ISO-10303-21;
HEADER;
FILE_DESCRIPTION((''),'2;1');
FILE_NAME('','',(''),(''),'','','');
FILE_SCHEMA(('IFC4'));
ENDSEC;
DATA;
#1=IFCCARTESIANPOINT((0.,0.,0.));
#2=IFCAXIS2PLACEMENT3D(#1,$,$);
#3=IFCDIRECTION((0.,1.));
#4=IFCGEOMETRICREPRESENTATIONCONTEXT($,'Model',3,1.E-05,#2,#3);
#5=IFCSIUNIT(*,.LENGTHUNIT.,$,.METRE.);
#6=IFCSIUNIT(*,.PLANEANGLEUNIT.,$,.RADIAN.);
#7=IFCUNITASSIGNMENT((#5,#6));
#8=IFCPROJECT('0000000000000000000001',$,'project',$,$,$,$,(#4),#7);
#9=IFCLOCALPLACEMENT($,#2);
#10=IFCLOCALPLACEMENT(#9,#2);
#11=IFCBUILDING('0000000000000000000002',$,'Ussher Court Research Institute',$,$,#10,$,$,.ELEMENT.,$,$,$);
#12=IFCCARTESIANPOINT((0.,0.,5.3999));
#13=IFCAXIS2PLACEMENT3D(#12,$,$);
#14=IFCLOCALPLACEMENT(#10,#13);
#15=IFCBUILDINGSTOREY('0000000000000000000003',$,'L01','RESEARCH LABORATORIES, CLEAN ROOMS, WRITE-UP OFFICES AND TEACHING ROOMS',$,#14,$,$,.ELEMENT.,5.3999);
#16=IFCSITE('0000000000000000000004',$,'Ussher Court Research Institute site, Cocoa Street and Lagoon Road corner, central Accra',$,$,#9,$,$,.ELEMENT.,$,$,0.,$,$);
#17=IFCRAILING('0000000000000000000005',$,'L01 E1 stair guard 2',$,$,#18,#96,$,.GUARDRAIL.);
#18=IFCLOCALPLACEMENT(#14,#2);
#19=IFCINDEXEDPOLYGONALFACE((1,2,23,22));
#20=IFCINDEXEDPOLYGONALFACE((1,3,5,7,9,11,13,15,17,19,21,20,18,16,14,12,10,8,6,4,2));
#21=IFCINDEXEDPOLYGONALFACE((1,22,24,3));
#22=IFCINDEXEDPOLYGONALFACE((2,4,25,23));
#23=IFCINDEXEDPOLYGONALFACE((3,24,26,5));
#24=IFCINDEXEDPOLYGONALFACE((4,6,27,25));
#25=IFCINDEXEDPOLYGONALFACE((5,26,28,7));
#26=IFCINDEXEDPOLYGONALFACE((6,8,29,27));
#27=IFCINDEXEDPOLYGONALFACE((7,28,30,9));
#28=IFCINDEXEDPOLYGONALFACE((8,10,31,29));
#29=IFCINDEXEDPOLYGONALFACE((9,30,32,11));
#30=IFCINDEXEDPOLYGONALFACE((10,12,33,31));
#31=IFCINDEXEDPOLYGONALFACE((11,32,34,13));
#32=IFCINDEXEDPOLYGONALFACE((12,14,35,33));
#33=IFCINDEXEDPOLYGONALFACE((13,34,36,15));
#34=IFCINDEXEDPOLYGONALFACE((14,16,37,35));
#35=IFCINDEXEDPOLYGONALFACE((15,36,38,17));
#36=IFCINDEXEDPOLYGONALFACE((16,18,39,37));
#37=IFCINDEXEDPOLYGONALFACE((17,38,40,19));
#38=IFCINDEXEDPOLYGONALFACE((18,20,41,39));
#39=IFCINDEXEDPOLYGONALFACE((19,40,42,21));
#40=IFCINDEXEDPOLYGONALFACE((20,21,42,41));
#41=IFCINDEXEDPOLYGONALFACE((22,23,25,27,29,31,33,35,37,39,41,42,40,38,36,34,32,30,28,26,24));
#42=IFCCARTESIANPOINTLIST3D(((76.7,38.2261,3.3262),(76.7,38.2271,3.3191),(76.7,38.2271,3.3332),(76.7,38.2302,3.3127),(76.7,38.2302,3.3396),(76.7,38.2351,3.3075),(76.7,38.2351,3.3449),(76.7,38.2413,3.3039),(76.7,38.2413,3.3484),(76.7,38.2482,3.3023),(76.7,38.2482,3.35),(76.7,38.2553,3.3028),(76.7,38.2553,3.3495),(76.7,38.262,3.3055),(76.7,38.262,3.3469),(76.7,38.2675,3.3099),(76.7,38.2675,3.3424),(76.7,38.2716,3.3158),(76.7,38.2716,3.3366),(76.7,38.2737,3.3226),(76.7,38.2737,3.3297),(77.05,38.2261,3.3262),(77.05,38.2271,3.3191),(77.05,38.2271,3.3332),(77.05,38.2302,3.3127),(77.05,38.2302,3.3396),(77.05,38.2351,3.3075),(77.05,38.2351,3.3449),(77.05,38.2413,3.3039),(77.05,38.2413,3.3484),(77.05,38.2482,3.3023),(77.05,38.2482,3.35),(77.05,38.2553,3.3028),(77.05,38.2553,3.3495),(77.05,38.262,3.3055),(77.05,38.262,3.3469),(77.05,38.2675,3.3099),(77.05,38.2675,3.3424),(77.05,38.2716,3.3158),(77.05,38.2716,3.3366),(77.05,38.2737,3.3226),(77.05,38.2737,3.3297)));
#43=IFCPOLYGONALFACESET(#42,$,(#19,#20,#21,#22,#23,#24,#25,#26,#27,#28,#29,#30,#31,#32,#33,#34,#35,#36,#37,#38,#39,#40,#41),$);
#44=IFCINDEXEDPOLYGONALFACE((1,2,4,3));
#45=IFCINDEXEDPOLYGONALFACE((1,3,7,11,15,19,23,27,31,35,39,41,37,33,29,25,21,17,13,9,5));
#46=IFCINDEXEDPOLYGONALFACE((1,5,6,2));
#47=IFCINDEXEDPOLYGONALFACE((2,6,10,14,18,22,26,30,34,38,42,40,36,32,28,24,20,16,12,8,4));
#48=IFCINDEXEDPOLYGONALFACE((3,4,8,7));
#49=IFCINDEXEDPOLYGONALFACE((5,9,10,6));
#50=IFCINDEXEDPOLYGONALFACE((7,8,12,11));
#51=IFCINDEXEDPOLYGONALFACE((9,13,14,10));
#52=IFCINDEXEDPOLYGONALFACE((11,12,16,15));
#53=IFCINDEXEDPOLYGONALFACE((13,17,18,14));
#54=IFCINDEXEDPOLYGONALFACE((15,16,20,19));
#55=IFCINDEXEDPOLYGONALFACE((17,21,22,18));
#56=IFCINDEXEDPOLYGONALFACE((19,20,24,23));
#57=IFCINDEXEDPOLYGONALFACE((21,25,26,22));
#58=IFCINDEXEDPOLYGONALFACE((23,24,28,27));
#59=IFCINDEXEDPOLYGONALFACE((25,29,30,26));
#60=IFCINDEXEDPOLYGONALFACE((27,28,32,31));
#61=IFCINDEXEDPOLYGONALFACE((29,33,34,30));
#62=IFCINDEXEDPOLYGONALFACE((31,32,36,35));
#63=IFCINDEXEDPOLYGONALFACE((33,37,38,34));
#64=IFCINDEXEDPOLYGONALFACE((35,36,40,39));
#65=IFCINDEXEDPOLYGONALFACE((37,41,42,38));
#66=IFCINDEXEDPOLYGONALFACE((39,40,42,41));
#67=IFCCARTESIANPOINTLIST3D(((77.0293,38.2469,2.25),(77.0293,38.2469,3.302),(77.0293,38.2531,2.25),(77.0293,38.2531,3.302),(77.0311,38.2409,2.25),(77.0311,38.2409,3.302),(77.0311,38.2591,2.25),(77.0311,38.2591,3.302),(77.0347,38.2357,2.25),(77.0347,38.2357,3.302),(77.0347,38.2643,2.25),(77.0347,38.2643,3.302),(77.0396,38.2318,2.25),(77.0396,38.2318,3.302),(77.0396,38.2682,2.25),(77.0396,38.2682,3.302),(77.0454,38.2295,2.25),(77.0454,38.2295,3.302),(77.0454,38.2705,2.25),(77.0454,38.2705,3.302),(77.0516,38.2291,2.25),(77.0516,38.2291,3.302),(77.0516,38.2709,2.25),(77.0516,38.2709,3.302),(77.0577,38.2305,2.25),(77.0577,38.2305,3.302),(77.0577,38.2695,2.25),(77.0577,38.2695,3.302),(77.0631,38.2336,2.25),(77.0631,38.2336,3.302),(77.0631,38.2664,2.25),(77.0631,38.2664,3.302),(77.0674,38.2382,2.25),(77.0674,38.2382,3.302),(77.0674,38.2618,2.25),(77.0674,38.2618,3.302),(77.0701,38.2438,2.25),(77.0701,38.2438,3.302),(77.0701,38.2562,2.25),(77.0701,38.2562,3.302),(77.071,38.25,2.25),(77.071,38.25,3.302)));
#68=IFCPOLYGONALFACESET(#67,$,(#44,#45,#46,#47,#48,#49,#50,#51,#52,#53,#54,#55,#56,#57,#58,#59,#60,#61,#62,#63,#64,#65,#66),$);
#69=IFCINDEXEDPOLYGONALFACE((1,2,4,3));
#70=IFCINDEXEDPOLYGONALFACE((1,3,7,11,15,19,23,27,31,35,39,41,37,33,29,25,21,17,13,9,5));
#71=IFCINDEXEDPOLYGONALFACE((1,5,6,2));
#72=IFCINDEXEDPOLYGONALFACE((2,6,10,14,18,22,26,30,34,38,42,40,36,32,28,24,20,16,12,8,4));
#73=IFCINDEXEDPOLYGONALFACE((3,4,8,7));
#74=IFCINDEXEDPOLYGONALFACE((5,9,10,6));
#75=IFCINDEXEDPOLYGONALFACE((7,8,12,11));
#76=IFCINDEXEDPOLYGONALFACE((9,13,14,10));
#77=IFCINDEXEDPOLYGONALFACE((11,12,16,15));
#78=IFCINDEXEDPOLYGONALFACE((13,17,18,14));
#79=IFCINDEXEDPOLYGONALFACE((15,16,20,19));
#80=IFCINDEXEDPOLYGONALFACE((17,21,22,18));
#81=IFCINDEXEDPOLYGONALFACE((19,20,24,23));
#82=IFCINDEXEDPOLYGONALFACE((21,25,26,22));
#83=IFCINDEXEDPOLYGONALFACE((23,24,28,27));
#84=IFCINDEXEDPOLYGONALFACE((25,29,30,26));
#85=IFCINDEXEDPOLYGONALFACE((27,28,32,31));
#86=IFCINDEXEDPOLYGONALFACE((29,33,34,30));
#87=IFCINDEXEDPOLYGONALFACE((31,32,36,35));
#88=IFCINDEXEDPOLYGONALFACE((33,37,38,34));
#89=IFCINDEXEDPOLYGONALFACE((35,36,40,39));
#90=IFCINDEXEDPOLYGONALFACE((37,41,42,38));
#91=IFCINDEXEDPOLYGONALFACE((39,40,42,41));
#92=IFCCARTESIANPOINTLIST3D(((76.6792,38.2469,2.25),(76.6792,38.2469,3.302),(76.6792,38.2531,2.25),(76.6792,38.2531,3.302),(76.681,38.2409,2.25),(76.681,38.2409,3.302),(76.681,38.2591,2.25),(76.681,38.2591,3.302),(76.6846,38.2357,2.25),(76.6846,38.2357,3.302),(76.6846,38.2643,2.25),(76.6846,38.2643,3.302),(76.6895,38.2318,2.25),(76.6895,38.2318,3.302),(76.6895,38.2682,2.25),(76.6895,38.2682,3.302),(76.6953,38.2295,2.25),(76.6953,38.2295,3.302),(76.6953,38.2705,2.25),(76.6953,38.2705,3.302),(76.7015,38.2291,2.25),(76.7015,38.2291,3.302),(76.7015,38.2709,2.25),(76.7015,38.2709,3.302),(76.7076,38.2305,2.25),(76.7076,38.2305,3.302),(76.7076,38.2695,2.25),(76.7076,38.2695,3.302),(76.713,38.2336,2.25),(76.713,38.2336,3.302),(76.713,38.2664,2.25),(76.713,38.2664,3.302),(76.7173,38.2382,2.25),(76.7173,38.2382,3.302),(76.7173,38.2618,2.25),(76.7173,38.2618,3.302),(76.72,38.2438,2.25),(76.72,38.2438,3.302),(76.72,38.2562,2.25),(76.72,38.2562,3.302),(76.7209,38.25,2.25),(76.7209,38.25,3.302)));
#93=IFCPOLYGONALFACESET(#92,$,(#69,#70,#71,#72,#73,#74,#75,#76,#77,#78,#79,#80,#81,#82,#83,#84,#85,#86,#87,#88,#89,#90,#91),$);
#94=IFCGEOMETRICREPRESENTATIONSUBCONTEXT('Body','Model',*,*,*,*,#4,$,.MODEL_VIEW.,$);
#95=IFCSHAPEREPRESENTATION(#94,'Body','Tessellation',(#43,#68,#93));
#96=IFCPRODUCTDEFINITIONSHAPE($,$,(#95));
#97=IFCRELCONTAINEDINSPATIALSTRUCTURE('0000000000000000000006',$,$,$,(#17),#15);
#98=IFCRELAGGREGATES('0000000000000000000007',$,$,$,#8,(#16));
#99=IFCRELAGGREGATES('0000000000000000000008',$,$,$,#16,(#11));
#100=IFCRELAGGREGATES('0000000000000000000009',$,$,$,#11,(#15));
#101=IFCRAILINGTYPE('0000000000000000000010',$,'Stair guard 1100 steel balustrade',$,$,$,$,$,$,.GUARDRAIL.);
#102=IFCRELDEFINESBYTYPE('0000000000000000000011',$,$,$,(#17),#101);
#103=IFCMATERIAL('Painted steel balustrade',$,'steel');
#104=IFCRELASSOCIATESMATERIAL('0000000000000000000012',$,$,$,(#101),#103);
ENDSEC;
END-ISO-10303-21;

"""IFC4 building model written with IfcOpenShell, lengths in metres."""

from ifc_helpers import new_model, si_unit, direction, frame, origin, origin_2d, place, context, subcontext, project, spatial, circle, extrude, material, type_object, element, save


model = new_model("IFC4")

# Units and contexts
model_context = context("Model", 3, precision=1e-05, world=origin(), true_north=direction((0.0, 1.0)))
body_context = subcontext(model_context, "Body", "Model", "MODEL_VIEW")
ifc_project = project(units=[si_unit("LENGTHUNIT", "METRE"), si_unit("PLANEANGLEUNIT", "RADIAN")], contexts=[model_context])

# Site, building, storey
site_placement = place(None, origin())
site = spatial("IfcSite", under=ifc_project, at=site_placement, Name="Ussher Court Research Institute site, Cocoa Street and Lagoon Road corner, central Accra", CompositionType="ELEMENT", RefElevation=0.0)
building_placement = place(site_placement, origin())
building = spatial("IfcBuilding", under=site, at=building_placement, Name="Ussher Court Research Institute", CompositionType="ELEMENT")
storey_placement = place(building_placement, frame((0.0, 0.0, 5.3999)))
storey = spatial("IfcBuildingStorey", under=building, at=storey_placement, Name="L01", Description="RESEARCH LABORATORIES, CLEAN ROOMS, WRITE-UP OFFICES AND TEACHING ROOMS", CompositionType="ELEMENT", Elevation=5.3999)

# Railing
ifc_material_1 = material(Name="Painted steel balustrade", Category="steel")
railing_type_1 = type_object("IfcRailingType", Name="Stair guard 1100 steel balustrade", PredefinedType="GUARDRAIL", material=ifc_material_1)
railing_1_placement = place(storey_placement, frame((77.05, 38.25, 2.25)))
element("IfcRailing", 1, at=railing_1_placement, inside=storey, type_object=railing_type_1, Name="L01 E1 stair guard 2", PredefinedType="GUARDRAIL", context=body_context, shape_type="SweptSolid", body=[
    extrude(circle(Radius=0.0239, at=origin_2d()), frame((0.0, 0.0, 1.0762), z_axis=(-1.0, 0.0, 0.0), x_axis=(0.0, -1.0, 0.0)), (0.0, 0.0, 1.0), 0.3501),
    extrude(circle(Radius=0.021, at=origin_2d()), origin(), (0.0, 0.0, 1.0), 1.052),
    extrude(circle(Radius=0.021, at=origin_2d()), frame((-0.3501, 0.0, 0.0)), (0.0, 0.0, 1.0), 1.052),
])

save(model, "model.ifc")
